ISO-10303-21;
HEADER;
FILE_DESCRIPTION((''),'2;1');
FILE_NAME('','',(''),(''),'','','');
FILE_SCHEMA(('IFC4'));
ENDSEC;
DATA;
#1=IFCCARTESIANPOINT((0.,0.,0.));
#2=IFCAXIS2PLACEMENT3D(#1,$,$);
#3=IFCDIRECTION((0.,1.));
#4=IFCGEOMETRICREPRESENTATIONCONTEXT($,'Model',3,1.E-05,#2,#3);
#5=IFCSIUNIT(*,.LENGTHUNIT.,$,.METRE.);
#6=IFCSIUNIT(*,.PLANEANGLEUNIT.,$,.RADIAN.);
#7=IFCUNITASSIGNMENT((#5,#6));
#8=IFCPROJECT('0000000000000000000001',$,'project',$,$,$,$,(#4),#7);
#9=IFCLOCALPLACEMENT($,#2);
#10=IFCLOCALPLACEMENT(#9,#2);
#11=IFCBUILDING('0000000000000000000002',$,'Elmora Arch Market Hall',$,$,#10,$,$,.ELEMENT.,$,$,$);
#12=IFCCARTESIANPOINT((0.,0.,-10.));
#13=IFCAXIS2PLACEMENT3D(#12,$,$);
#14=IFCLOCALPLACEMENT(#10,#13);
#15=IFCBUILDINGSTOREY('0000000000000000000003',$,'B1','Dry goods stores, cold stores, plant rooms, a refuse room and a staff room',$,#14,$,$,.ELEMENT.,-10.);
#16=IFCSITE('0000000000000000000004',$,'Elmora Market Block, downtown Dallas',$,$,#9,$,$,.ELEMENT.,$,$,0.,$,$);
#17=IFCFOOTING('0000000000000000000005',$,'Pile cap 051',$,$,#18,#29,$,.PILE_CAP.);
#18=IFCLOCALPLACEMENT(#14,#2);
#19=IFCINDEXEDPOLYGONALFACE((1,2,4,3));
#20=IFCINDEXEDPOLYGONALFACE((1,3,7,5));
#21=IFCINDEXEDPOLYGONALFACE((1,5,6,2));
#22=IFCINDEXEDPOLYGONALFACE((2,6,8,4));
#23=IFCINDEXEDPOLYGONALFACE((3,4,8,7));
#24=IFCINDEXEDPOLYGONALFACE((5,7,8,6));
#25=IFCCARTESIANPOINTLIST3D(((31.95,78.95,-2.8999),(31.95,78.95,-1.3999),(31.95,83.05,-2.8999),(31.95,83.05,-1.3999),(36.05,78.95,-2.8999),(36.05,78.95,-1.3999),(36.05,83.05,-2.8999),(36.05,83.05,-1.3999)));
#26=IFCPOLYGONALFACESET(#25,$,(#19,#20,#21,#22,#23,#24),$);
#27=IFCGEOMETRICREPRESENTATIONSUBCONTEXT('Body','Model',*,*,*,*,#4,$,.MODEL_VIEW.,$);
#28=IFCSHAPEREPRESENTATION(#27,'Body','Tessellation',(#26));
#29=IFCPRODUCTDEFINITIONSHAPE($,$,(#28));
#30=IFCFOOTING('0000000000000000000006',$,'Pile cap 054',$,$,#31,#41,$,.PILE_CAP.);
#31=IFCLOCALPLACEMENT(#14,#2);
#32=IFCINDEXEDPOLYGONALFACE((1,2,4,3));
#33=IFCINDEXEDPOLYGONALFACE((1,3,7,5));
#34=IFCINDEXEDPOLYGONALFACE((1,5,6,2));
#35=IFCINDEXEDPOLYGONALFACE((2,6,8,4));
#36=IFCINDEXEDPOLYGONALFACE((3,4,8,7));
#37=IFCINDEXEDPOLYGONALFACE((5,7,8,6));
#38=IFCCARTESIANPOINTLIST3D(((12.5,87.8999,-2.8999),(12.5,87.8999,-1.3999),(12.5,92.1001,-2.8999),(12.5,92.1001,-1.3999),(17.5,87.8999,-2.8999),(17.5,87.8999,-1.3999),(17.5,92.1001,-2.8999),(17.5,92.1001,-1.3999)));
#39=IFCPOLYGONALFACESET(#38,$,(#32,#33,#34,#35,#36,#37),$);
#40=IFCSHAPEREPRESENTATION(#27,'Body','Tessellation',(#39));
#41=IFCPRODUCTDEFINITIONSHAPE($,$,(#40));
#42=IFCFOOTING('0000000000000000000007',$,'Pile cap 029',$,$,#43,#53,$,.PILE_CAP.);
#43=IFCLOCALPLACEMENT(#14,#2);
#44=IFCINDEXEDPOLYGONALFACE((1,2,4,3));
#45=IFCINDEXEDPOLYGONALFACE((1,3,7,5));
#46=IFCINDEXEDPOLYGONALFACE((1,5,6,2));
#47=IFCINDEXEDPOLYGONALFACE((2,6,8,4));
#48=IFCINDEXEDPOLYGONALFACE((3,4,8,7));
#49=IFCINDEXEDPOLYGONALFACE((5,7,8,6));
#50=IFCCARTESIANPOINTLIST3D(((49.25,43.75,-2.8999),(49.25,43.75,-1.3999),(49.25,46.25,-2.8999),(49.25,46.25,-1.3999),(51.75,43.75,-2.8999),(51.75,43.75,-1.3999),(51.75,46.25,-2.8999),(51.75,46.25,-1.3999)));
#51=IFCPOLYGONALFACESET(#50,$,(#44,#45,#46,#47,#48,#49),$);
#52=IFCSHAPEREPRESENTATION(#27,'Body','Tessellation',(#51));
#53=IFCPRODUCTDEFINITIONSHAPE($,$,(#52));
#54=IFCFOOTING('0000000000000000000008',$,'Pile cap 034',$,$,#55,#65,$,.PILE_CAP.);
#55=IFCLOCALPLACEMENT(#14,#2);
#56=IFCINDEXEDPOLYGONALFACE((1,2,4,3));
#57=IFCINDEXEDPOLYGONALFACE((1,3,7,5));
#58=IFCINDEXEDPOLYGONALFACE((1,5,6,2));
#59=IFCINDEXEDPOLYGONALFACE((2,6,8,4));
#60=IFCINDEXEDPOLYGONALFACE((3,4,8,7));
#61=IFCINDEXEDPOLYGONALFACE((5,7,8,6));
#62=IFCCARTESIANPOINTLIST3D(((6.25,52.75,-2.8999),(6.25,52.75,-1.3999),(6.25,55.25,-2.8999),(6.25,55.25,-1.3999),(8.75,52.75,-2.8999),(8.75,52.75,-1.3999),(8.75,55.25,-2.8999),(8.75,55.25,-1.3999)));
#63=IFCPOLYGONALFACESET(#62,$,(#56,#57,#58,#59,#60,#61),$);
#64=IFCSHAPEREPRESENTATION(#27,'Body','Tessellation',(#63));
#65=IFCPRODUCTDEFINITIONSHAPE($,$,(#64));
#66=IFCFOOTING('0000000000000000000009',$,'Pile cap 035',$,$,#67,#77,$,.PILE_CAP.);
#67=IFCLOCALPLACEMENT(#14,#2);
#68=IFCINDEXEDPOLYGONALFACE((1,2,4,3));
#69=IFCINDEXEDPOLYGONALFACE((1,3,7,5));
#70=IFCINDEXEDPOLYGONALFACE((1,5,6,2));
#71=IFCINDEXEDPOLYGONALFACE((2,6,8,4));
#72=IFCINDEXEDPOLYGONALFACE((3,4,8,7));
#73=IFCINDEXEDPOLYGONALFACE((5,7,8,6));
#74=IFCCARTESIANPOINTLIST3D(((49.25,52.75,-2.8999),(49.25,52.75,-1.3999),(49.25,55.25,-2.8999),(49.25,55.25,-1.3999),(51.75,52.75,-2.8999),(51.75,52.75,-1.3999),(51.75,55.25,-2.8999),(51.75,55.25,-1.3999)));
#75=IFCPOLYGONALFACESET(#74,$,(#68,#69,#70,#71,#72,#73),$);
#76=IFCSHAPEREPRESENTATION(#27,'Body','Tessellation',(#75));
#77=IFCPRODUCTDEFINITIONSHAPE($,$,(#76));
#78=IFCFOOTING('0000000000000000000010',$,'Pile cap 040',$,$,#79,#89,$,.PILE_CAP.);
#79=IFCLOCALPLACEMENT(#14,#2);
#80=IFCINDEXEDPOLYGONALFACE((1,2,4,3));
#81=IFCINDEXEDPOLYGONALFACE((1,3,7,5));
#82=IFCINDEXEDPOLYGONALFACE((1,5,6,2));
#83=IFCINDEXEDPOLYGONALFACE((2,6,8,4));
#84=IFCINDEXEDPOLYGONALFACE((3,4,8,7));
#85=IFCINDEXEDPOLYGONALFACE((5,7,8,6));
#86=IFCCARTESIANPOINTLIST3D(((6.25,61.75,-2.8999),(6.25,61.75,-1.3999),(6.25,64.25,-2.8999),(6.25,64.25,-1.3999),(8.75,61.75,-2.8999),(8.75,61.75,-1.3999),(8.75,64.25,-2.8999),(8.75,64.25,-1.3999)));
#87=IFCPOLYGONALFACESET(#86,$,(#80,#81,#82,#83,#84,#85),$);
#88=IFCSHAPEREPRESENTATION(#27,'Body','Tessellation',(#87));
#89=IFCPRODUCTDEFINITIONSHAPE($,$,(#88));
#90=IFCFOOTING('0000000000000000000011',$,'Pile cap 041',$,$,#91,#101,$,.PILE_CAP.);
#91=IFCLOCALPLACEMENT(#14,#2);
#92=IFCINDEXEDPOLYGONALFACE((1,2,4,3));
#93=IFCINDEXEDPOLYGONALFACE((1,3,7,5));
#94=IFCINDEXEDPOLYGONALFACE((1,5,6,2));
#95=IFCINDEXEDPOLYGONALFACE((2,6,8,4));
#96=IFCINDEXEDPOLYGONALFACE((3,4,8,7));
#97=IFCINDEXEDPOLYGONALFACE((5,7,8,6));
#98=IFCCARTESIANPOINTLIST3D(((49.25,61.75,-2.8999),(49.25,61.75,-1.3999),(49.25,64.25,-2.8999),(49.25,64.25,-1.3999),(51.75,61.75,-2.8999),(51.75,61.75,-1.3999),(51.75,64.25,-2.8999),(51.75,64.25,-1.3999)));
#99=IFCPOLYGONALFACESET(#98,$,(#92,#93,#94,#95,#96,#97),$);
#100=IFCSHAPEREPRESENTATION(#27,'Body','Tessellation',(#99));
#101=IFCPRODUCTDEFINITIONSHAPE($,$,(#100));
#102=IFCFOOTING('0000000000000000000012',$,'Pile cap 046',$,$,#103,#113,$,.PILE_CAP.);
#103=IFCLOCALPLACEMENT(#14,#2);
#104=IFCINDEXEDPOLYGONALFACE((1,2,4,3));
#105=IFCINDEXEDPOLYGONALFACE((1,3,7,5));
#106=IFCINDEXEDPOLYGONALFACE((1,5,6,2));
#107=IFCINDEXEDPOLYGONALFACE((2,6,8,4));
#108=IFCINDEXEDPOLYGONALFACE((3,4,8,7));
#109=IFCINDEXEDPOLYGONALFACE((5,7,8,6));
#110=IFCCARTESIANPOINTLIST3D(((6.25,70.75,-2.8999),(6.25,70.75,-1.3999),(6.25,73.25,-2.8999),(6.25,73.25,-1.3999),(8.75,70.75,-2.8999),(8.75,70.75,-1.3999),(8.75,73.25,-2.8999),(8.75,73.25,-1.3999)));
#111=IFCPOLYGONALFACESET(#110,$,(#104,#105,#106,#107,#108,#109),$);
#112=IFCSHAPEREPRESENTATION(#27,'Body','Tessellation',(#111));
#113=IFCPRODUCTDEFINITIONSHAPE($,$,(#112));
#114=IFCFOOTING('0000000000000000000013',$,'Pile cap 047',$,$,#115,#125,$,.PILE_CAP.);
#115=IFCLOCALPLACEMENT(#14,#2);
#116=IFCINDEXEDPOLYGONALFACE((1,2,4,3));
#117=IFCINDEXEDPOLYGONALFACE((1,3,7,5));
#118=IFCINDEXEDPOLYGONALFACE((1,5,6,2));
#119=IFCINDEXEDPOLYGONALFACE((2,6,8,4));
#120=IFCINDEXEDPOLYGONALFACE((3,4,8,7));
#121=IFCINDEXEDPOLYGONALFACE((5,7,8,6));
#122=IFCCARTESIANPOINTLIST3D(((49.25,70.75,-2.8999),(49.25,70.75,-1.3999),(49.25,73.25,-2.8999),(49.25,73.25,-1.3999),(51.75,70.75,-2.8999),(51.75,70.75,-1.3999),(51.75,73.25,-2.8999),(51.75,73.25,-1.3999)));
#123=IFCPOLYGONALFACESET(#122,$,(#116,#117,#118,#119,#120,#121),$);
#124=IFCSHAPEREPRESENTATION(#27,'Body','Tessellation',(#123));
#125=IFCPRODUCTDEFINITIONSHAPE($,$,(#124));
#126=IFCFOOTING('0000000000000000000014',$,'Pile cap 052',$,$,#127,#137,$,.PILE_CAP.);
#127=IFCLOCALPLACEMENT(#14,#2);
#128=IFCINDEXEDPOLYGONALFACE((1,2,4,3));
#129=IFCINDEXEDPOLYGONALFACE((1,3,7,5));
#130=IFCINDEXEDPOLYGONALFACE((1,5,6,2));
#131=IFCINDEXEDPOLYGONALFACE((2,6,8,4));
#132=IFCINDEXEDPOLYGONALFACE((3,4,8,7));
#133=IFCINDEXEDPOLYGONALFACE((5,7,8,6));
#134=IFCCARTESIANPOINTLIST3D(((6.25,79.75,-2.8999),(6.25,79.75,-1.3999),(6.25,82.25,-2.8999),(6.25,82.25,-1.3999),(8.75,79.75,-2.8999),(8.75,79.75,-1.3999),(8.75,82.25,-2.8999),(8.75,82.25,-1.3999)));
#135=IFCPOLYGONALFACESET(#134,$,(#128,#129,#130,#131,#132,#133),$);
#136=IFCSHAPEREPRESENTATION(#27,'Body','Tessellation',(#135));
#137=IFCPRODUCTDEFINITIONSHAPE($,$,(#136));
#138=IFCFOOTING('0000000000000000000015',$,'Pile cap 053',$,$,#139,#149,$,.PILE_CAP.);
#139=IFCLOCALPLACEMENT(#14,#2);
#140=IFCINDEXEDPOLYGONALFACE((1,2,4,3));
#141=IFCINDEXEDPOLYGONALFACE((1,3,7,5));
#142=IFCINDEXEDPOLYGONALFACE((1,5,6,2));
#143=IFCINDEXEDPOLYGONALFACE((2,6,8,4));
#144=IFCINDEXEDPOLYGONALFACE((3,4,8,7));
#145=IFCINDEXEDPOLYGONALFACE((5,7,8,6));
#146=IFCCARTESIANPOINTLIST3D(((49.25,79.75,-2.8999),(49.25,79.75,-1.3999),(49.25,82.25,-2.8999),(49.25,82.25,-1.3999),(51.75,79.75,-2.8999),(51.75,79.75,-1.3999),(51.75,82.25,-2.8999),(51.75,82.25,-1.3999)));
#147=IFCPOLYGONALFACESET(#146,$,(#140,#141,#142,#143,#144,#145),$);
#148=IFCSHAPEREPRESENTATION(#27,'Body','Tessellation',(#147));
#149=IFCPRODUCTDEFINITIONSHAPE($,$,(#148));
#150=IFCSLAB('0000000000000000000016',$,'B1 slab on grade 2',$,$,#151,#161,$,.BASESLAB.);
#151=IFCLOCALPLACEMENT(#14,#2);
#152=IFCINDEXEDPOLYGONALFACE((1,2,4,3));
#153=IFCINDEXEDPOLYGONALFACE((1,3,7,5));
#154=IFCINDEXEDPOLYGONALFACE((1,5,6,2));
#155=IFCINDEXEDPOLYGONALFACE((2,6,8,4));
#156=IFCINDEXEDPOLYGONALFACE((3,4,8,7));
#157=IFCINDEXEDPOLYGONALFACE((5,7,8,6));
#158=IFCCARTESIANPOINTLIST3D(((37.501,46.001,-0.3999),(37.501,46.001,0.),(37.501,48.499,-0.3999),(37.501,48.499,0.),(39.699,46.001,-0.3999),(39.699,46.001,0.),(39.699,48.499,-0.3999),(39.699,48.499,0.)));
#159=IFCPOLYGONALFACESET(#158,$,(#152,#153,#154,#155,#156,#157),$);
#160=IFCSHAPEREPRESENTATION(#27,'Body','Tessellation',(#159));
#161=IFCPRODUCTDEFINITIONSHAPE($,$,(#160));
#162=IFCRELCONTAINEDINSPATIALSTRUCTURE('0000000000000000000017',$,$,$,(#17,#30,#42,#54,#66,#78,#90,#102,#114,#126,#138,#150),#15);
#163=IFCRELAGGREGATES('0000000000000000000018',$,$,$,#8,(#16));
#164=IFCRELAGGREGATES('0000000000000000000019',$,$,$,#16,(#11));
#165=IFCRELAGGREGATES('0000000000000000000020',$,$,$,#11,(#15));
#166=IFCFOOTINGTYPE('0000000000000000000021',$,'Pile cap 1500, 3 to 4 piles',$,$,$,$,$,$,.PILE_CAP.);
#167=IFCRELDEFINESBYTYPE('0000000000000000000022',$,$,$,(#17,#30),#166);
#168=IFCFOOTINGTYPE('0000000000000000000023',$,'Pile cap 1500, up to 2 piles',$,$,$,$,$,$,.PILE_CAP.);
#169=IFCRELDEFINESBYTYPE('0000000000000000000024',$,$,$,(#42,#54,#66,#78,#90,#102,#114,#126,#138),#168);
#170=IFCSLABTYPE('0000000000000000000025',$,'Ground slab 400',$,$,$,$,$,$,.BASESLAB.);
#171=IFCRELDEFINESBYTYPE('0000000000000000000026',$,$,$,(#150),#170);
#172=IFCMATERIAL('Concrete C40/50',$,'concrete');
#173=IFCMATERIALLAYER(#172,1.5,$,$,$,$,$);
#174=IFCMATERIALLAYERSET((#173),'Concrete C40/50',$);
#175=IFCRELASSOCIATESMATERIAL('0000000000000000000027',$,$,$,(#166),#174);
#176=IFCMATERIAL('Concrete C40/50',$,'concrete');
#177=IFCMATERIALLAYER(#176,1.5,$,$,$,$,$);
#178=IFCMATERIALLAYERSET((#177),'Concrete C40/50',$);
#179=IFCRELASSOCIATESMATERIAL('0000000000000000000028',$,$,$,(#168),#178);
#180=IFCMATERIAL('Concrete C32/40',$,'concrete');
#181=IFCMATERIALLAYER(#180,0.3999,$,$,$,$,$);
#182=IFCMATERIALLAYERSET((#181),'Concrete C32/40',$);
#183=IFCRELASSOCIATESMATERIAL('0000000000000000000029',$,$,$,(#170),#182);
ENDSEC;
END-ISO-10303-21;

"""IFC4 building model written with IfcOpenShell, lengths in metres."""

from ifc_helpers import new_model, si_unit, direction, frame, origin, place, context, subcontext, project, spatial, polyline, outline, extrude, material, layer, layer_set, type_object, element, save


model = new_model("IFC4")

# Units and contexts
model_context = context("Model", 3, precision=1e-05, world=origin(), true_north=direction((0.0, 1.0)))
body_context = subcontext(model_context, "Body", "Model", "MODEL_VIEW")
ifc_project = project(units=[si_unit("LENGTHUNIT", "METRE"), si_unit("PLANEANGLEUNIT", "RADIAN")], contexts=[model_context])

# Site, building, storey
site_placement = place(None, origin())
site = spatial("IfcSite", under=ifc_project, at=site_placement, Name="Elmora Market Block, downtown Dallas", CompositionType="ELEMENT", RefElevation=0.0)
building_placement = place(site_placement, origin())
building = spatial("IfcBuilding", under=site, at=building_placement, Name="Elmora Arch Market Hall", CompositionType="ELEMENT")
storey_placement = place(building_placement, frame((0.0, 0.0, -10.0)))
storey = spatial("IfcBuildingStorey", under=building, at=storey_placement, Name="B1", Description="Dry goods stores, cold stores, plant rooms, a refuse room and a staff room", CompositionType="ELEMENT", Elevation=-10.0)

# Footings
ifc_material_1 = material(Name="Concrete C40/50", Category="concrete")
ifc_layer_1 = layer(ifc_material_1, 1.5)
ifc_layer_set_1 = layer_set([ifc_layer_1], Name="Concrete C40/50")
footing_type_1 = type_object("IfcFootingType", Name="Pile cap 1500, 3 to 4 piles", PredefinedType="PILE_CAP", material=ifc_layer_set_1)
footing_1_placement = place(storey_placement, frame((0.0, 0.0, -2.8999)))
element("IfcFooting", 1, at=footing_1_placement, inside=storey, type_object=footing_type_1, Name="Pile cap 051", PredefinedType="PILE_CAP", context=body_context, shape_type="SweptSolid", body=[
    extrude(outline(polyline([(36.05, 78.95), (31.95, 78.95), (31.95, 83.05), (36.05, 83.05), (36.05, 78.95)])), origin(), (0.0, 0.0, 1.0), 1.5),
])
footing_2_placement = place(storey_placement, frame((0.0, 0.0, -2.8999)))
element("IfcFooting", 2, at=footing_2_placement, inside=storey, type_object=footing_type_1, Name="Pile cap 054", PredefinedType="PILE_CAP", context=body_context, shape_type="SweptSolid", body=[
    extrude(outline(polyline([(17.5, 87.8999), (12.5, 87.8999), (12.5, 92.1001), (17.5, 92.1001), (17.5, 87.8999)])), origin(), (0.0, 0.0, 1.0), 1.5),
])
ifc_material_2 = material(Name="Concrete C40/50", Category="concrete")
ifc_layer_2 = layer(ifc_material_2, 1.5)
ifc_layer_set_2 = layer_set([ifc_layer_2], Name="Concrete C40/50")
footing_type_2 = type_object("IfcFootingType", Name="Pile cap 1500, up to 2 piles", PredefinedType="PILE_CAP", material=ifc_layer_set_2)
footing_3_placement = place(storey_placement, frame((0.0, 0.0, -2.8999)))
element("IfcFooting", 3, at=footing_3_placement, inside=storey, type_object=footing_type_2, Name="Pile cap 029", PredefinedType="PILE_CAP", context=body_context, shape_type="SweptSolid", body=[
    extrude(outline(polyline([(51.75, 43.75), (49.25, 43.75), (49.25, 46.25), (51.75, 46.25), (51.75, 43.75)])), origin(), (0.0, 0.0, 1.0), 1.5),
])
footing_4_placement = place(storey_placement, frame((0.0, 0.0, -2.8999)))
element("IfcFooting", 4, at=footing_4_placement, inside=storey, type_object=footing_type_2, Name="Pile cap 034", PredefinedType="PILE_CAP", context=body_context, shape_type="SweptSolid", body=[
    extrude(outline(polyline([(8.75, 52.75), (6.25, 52.75), (6.25, 55.25), (8.75, 55.25), (8.75, 52.75)])), origin(), (0.0, 0.0, 1.0), 1.5),
])
footing_5_placement = place(storey_placement, frame((0.0, 0.0, -2.8999)))
element("IfcFooting", 5, at=footing_5_placement, inside=storey, type_object=footing_type_2, Name="Pile cap 035", PredefinedType="PILE_CAP", context=body_context, shape_type="SweptSolid", body=[
    extrude(outline(polyline([(51.75, 52.75), (49.25, 52.75), (49.25, 55.25), (51.75, 55.25), (51.75, 52.75)])), origin(), (0.0, 0.0, 1.0), 1.5),
])
footing_6_placement = place(storey_placement, frame((0.0, 0.0, -2.8999)))
element("IfcFooting", 6, at=footing_6_placement, inside=storey, type_object=footing_type_2, Name="Pile cap 040", PredefinedType="PILE_CAP", context=body_context, shape_type="SweptSolid", body=[
    extrude(outline(polyline([(8.75, 61.75), (6.25, 61.75), (6.25, 64.25), (8.75, 64.25), (8.75, 61.75)])), origin(), (0.0, 0.0, 1.0), 1.5),
])
footing_7_placement = place(storey_placement, frame((0.0, 0.0, -2.8999)))
element("IfcFooting", 7, at=footing_7_placement, inside=storey, type_object=footing_type_2, Name="Pile cap 041", PredefinedType="PILE_CAP", context=body_context, shape_type="SweptSolid", body=[
    extrude(outline(polyline([(51.75, 64.25), (51.75, 61.75), (49.25, 61.75), (49.25, 64.25), (51.75, 64.25)])), origin(), (0.0, 0.0, 1.0), 1.5),
])
footing_8_placement = place(storey_placement, frame((0.0, 0.0, -2.8999)))
element("IfcFooting", 8, at=footing_8_placement, inside=storey, type_object=footing_type_2, Name="Pile cap 046", PredefinedType="PILE_CAP", context=body_context, shape_type="SweptSolid", body=[
    extrude(outline(polyline([(8.75, 73.25), (8.75, 70.75), (6.25, 70.75), (6.25, 73.25), (8.75, 73.25)])), origin(), (0.0, 0.0, 1.0), 1.5),
])
footing_9_placement = place(storey_placement, frame((0.0, 0.0, -2.8999)))
element("IfcFooting", 9, at=footing_9_placement, inside=storey, type_object=footing_type_2, Name="Pile cap 047", PredefinedType="PILE_CAP", context=body_context, shape_type="SweptSolid", body=[
    extrude(outline(polyline([(51.75, 70.75), (49.25, 70.75), (49.25, 73.25), (51.75, 73.25), (51.75, 70.75)])), origin(), (0.0, 0.0, 1.0), 1.5),
])
footing_10_placement = place(storey_placement, frame((0.0, 0.0, -2.8999)))
element("IfcFooting", 10, at=footing_10_placement, inside=storey, type_object=footing_type_2, Name="Pile cap 052", PredefinedType="PILE_CAP", context=body_context, shape_type="SweptSolid", body=[
    extrude(outline(polyline([(8.75, 79.75), (6.25, 79.75), (6.25, 82.25), (8.75, 82.25), (8.75, 79.75)])), origin(), (0.0, 0.0, 1.0), 1.5),
])
footing_11_placement = place(storey_placement, frame((0.0, 0.0, -2.8999)))
element("IfcFooting", 11, at=footing_11_placement, inside=storey, type_object=footing_type_2, Name="Pile cap 053", PredefinedType="PILE_CAP", context=body_context, shape_type="SweptSolid", body=[
    extrude(outline(polyline([(51.75, 79.75), (49.25, 79.75), (49.25, 82.25), (51.75, 82.25), (51.75, 79.75)])), origin(), (0.0, 0.0, 1.0), 1.5),
])

# Slab
ifc_material_3 = material(Name="Concrete C32/40", Category="concrete")
ifc_layer_3 = layer(ifc_material_3, 0.3999)
ifc_layer_set_3 = layer_set([ifc_layer_3], Name="Concrete C32/40")
slab_type = type_object("IfcSlabType", Name="Ground slab 400", PredefinedType="BASESLAB", material=ifc_layer_set_3)
slab_1_placement = place(storey_placement, frame((0.0, 0.0, -0.3999)))
element("IfcSlab", 12, at=slab_1_placement, inside=storey, type_object=slab_type, Name="B1 slab on grade 2", PredefinedType="BASESLAB", context=body_context, shape_type="SweptSolid", body=[
    extrude(outline(polyline([(37.501, 46.001), (37.501, 48.499), (39.699, 48.499), (39.699, 46.001), (37.501, 46.001)])), origin(), (0.0, 0.0, 1.0), 0.3999),
])

save(model, "model.ifc")
